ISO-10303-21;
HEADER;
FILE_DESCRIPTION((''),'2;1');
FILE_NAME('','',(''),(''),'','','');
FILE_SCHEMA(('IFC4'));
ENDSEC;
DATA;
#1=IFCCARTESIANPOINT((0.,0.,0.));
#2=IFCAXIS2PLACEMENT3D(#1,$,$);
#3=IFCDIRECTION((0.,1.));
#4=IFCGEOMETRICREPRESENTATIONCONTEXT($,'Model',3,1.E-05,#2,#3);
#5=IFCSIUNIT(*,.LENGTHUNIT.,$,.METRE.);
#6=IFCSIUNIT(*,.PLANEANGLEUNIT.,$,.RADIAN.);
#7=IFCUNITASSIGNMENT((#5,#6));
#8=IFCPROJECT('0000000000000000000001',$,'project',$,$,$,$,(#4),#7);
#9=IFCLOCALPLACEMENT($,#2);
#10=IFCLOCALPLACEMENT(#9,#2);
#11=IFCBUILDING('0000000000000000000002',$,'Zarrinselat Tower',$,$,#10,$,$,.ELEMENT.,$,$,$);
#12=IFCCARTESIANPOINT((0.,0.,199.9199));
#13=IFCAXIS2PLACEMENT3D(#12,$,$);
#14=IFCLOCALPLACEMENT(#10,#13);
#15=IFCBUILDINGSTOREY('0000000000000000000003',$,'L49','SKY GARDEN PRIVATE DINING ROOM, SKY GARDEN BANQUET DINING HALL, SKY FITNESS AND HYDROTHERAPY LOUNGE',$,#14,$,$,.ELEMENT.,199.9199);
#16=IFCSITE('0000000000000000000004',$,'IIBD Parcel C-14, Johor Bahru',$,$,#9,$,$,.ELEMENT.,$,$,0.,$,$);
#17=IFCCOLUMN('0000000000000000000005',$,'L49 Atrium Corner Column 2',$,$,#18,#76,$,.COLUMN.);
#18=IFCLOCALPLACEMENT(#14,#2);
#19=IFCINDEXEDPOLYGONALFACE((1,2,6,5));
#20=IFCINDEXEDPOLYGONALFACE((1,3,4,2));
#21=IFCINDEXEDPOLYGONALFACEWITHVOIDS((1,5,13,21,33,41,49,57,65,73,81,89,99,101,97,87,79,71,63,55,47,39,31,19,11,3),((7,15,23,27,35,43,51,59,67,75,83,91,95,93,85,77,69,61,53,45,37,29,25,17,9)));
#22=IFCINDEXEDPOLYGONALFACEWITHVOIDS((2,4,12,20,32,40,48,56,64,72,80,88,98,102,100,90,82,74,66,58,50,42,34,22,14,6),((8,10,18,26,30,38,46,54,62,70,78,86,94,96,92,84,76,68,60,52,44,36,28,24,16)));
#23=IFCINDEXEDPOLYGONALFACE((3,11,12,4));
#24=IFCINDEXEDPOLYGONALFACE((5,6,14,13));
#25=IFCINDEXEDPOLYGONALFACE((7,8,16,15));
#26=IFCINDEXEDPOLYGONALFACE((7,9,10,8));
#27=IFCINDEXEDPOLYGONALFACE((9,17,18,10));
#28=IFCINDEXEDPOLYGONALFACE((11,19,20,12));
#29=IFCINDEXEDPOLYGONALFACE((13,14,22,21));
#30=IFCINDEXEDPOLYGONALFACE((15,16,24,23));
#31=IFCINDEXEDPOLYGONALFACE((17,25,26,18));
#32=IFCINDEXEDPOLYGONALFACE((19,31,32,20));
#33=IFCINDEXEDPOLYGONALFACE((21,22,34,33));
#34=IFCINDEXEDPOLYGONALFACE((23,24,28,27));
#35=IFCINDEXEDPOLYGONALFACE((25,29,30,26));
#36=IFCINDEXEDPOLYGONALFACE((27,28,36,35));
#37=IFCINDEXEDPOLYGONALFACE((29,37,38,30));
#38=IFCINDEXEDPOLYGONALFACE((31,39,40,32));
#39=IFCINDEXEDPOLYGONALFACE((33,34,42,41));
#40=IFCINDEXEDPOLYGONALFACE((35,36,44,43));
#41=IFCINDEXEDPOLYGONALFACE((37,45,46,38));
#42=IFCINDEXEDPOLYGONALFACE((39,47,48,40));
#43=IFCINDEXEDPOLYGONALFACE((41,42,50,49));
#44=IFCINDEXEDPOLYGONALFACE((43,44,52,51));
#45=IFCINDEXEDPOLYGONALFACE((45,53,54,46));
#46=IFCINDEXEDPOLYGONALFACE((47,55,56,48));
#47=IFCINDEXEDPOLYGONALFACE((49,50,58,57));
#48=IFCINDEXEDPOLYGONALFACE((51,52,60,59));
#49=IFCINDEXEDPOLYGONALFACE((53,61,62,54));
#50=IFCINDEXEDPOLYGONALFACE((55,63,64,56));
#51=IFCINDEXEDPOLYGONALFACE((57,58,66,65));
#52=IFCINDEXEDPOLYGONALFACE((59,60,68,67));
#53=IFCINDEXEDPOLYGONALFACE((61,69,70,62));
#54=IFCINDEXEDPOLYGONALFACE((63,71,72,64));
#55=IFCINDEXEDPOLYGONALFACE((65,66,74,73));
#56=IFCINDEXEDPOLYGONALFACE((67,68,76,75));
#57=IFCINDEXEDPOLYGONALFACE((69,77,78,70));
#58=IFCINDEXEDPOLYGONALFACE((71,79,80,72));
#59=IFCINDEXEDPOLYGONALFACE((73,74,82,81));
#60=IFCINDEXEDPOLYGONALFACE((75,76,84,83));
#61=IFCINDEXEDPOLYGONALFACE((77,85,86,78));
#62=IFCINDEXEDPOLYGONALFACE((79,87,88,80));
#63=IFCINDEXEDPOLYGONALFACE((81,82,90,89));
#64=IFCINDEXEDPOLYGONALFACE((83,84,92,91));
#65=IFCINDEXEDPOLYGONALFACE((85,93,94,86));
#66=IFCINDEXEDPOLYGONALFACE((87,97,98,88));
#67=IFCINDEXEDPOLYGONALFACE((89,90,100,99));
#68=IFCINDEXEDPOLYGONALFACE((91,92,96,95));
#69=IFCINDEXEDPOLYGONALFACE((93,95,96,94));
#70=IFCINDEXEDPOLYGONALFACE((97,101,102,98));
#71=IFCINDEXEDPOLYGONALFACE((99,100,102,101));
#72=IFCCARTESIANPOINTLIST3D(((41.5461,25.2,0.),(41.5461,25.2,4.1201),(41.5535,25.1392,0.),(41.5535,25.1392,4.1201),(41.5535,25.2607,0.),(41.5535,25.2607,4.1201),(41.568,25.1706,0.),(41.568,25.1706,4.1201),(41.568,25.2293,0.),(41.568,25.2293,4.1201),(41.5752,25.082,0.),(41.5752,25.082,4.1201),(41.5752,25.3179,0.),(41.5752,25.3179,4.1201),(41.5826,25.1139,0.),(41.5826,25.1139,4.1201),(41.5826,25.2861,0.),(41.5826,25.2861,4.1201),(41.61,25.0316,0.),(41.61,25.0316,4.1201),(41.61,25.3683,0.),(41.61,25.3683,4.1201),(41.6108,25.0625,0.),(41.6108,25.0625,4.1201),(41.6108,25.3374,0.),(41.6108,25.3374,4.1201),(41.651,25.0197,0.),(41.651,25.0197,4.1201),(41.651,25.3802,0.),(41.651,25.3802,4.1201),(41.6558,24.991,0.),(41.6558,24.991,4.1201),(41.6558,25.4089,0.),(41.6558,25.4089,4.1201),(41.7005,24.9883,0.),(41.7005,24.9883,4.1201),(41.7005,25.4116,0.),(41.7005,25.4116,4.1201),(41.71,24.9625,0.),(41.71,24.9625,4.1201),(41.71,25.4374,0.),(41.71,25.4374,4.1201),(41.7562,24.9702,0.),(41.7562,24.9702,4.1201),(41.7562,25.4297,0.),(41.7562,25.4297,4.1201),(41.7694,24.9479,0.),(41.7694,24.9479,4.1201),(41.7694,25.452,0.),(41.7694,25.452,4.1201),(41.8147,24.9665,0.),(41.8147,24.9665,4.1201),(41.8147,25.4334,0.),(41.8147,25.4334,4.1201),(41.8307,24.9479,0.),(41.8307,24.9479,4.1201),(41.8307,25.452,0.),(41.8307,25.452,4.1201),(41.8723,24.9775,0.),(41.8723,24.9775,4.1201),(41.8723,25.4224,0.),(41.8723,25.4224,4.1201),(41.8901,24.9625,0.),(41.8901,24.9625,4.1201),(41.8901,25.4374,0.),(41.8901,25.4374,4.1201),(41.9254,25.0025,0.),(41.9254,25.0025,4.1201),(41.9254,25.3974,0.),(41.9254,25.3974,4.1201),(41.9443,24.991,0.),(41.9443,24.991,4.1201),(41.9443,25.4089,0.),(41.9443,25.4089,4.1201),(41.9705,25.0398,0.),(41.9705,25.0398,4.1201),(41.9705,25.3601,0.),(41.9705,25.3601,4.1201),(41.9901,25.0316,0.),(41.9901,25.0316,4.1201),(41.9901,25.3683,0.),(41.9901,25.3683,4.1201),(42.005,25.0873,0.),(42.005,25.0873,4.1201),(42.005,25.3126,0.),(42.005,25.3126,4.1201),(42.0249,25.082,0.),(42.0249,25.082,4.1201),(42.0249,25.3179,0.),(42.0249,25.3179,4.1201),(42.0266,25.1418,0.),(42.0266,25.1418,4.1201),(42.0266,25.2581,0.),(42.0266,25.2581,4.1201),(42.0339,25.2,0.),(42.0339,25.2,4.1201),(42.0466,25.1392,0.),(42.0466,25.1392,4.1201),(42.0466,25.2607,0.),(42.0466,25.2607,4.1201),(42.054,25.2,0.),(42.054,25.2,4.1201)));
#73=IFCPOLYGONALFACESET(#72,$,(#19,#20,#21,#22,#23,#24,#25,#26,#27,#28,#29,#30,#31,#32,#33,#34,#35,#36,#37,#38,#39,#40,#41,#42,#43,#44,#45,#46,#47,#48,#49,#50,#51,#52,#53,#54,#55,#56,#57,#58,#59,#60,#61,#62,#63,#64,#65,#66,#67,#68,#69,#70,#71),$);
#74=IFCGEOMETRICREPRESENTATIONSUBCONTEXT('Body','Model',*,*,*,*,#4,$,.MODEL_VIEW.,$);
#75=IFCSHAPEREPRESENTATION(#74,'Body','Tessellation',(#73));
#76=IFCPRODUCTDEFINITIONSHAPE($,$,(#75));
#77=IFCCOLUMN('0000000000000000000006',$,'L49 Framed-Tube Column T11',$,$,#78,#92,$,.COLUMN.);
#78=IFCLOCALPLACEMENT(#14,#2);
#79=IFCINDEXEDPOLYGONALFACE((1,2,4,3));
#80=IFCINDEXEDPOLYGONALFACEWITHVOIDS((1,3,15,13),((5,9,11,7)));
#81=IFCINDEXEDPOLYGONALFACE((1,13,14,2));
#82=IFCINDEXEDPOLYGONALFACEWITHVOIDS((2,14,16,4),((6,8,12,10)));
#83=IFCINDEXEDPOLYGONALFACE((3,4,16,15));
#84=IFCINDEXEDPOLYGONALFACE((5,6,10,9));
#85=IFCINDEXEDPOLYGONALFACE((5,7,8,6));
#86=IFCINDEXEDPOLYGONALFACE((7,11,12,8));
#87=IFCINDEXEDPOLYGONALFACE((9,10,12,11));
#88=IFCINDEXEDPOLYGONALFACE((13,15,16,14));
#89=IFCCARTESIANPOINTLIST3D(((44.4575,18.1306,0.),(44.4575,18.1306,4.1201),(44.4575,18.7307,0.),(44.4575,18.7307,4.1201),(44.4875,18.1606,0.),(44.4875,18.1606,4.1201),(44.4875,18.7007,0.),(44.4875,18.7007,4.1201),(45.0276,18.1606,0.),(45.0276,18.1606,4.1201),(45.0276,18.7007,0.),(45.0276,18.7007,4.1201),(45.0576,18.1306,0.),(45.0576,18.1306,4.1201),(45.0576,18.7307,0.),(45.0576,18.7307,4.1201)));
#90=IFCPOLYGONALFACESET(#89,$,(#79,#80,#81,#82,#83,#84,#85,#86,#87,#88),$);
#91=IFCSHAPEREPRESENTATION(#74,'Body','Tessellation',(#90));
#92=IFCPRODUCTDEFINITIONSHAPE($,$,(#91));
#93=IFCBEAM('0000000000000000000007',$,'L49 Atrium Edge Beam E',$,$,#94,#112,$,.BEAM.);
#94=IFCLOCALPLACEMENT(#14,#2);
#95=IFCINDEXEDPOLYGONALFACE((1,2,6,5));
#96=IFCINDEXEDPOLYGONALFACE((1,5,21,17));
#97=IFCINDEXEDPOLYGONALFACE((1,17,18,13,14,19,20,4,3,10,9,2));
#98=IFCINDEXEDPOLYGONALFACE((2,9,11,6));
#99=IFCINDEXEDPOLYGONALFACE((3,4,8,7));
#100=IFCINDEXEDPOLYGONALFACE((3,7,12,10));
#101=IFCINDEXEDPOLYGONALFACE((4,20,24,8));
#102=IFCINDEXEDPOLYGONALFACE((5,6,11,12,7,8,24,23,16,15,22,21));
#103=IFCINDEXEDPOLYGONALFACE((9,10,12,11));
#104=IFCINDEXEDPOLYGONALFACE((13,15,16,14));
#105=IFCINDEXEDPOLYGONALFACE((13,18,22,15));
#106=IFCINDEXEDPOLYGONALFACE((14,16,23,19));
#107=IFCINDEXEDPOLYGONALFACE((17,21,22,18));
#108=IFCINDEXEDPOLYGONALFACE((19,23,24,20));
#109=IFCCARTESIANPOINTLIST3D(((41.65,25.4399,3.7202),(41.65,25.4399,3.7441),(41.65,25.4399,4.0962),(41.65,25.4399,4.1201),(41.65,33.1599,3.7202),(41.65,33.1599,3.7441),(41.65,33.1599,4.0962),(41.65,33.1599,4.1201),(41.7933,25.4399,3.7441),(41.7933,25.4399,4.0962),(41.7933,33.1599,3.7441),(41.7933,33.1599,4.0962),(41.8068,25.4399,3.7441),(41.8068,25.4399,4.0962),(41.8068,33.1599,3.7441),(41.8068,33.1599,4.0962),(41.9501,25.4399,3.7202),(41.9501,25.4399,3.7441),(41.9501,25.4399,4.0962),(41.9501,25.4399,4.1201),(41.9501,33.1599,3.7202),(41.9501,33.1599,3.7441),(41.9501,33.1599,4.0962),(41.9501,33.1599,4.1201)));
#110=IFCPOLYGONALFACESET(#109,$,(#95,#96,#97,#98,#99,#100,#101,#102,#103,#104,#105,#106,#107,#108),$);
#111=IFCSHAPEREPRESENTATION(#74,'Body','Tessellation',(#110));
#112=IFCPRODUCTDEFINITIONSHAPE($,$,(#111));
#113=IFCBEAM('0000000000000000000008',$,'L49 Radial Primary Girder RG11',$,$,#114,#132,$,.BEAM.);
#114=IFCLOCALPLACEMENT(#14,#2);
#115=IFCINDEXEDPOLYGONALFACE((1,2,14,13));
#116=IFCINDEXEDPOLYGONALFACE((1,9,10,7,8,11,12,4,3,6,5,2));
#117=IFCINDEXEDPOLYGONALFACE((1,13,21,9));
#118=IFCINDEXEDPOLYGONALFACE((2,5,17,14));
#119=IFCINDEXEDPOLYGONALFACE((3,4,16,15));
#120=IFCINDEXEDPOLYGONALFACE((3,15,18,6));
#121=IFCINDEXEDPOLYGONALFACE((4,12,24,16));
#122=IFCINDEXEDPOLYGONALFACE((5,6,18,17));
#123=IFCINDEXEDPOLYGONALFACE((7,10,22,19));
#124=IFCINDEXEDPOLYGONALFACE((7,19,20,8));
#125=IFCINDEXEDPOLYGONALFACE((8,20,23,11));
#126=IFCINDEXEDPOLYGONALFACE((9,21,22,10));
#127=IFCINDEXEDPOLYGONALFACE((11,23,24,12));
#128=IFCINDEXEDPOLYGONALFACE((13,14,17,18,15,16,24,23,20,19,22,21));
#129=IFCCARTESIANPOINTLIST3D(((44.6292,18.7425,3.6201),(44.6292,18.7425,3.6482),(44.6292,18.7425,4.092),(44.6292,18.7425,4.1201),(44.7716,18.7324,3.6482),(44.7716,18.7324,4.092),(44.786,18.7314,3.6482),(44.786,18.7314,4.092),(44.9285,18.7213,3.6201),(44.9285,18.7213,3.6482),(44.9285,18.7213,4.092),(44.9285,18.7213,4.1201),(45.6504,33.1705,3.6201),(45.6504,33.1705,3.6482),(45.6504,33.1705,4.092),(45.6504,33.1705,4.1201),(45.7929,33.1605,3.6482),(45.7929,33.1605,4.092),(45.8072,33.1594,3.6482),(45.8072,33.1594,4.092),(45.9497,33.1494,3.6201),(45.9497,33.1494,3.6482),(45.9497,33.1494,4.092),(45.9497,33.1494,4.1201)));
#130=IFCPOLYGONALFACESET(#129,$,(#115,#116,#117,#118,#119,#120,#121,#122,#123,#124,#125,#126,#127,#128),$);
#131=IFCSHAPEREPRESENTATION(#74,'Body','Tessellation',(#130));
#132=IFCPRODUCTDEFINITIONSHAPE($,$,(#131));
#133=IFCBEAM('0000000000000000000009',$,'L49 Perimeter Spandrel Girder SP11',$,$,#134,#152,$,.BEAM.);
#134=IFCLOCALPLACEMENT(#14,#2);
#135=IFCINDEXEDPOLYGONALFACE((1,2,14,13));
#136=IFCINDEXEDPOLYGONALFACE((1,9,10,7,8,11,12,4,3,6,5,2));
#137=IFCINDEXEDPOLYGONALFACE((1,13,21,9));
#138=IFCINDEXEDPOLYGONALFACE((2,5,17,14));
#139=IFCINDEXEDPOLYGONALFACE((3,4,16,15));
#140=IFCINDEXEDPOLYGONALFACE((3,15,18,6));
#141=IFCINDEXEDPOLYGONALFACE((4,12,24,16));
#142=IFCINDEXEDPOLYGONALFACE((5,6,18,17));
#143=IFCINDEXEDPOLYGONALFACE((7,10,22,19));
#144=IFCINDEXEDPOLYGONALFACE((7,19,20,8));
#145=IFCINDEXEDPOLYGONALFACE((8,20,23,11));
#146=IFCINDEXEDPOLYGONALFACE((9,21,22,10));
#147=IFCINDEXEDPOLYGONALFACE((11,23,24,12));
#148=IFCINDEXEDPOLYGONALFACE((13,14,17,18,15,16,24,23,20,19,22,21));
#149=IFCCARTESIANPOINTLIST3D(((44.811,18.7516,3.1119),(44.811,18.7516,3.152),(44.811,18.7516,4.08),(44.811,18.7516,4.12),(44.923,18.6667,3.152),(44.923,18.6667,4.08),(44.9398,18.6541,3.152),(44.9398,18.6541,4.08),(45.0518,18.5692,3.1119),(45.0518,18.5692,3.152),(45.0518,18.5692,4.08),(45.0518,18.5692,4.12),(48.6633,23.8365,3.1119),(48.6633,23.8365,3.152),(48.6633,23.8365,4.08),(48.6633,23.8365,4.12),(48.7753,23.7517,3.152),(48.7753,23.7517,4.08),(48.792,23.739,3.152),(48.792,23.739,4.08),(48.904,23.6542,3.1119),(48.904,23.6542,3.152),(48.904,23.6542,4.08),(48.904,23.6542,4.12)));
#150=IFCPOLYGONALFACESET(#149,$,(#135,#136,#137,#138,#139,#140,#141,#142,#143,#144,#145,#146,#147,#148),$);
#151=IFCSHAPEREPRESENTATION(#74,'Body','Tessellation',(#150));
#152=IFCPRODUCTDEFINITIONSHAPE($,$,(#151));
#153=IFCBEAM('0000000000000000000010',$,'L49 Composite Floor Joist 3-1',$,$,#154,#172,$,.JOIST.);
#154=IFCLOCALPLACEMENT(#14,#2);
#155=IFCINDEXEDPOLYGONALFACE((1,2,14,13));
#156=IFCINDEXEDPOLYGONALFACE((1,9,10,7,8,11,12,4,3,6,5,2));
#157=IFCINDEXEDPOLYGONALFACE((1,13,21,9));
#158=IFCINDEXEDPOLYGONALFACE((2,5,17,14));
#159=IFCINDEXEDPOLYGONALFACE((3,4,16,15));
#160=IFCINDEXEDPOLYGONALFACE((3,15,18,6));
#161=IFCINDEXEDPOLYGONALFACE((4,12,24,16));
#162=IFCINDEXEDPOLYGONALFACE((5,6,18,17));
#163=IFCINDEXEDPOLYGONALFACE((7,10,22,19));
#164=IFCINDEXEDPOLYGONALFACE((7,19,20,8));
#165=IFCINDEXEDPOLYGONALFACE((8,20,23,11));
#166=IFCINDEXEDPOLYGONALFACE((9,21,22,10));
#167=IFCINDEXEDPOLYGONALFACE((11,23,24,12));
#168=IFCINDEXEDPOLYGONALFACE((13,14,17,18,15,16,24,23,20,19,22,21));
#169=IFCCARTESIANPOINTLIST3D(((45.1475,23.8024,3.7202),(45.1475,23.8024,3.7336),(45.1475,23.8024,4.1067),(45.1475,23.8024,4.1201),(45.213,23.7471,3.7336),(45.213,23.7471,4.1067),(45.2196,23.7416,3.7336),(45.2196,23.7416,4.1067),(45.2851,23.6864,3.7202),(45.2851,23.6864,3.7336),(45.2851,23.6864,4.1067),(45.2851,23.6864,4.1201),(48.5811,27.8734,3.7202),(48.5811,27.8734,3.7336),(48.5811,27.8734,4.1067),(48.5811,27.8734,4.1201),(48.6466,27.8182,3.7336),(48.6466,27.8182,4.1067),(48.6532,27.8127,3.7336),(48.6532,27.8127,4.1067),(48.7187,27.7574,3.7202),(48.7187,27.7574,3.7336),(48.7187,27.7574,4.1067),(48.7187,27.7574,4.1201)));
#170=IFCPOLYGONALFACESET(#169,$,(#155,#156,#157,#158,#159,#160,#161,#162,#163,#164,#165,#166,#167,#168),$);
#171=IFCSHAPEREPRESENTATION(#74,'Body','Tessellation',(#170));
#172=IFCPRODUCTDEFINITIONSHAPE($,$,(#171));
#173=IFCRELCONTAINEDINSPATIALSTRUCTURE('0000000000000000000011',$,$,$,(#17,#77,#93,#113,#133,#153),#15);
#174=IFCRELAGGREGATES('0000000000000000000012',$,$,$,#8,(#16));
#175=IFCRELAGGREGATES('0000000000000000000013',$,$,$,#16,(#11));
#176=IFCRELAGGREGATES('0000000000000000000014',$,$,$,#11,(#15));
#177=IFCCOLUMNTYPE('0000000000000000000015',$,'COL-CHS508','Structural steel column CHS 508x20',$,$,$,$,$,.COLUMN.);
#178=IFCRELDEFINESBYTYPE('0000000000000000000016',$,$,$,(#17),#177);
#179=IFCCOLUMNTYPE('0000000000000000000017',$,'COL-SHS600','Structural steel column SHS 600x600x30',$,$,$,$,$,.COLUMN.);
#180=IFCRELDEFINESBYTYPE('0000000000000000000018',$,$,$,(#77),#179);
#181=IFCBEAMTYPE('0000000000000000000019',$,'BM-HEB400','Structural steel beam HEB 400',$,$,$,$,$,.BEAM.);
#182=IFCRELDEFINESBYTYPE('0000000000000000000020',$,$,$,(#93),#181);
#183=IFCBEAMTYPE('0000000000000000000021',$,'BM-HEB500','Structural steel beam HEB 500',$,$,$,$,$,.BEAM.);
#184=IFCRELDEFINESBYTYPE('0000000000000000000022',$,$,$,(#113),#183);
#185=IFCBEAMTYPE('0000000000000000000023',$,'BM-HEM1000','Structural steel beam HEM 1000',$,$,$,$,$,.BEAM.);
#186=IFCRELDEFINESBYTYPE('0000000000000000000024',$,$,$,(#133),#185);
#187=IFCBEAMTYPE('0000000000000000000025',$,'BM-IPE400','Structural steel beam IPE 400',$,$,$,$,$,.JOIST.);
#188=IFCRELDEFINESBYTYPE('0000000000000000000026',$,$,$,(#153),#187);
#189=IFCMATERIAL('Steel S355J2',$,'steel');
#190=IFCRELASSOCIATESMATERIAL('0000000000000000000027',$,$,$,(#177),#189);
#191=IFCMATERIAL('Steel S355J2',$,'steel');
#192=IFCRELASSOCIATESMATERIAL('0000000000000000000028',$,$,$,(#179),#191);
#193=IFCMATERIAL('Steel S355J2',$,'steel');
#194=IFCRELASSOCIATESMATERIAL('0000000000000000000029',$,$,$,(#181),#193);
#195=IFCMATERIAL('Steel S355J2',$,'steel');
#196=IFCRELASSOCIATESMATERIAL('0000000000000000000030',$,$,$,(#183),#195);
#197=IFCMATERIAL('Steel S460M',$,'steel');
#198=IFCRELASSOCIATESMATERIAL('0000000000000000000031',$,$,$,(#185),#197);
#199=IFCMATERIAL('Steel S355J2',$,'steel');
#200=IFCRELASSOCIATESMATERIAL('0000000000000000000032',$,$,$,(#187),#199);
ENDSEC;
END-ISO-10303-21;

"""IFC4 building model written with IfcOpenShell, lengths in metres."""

from ifc_helpers import new_model, si_unit, direction, frame, origin, origin_2d, place, context, subcontext, project, spatial, hollow_rectangle, hollow_circle, i_section, extrude, material, material_profile, profile_set, type_object, element, save


model = new_model("IFC4")

# Units and contexts
model_context = context("Model", 3, precision=1e-05, world=origin(), true_north=direction((0.0, 1.0)))
body_context = subcontext(model_context, "Body", "Model", "MODEL_VIEW")
ifc_project = project(units=[si_unit("LENGTHUNIT", "METRE"), si_unit("PLANEANGLEUNIT", "RADIAN")], contexts=[model_context])

# Site, building, storey
site_placement = place(None, origin())
site = spatial("IfcSite", under=ifc_project, at=site_placement, Name="IIBD Parcel C-14, Johor Bahru", CompositionType="ELEMENT", RefElevation=0.0)
building_placement = place(site_placement, origin())
building = spatial("IfcBuilding", under=site, at=building_placement, Name="Zarrinselat Tower", CompositionType="ELEMENT")
storey_placement = place(building_placement, frame((0.0, 0.0, 199.9199)))
storey = spatial("IfcBuildingStorey", under=building, at=storey_placement, Name="L49", Description="SKY GARDEN PRIVATE DINING ROOM, SKY GARDEN BANQUET DINING HALL, SKY FITNESS AND HYDROTHERAPY LOUNGE", CompositionType="ELEMENT", Elevation=199.9199)

# Columns
ifc_material_1 = material(Name="Steel S355J2", Category="steel")
ifc_material_profile_1 = material_profile(ifc_material_1, hollow_circle(Radius=0.2539, WallThickness=0.02, at=origin_2d()), Name="CHS 508x20")
ifc_profile_set_1 = profile_set([ifc_material_profile_1], Name="Steel S355J2")
column_type_1 = type_object("IfcColumnType", Name="COL-CHS508", Description="Structural steel column CHS 508x20", PredefinedType="COLUMN", material=ifc_profile_set_1)
column_1_placement = place(storey_placement, frame((41.8, 25.2, 0.0), z_axis=(0.0, 0.0, 1.0), x_axis=(1.0, 0.0, 0.0)))
element("IfcColumn", 1, at=column_1_placement, inside=storey, type_object=column_type_1, Name="L49 Atrium Corner Column 2", PredefinedType="COLUMN", context=body_context, shape_type="SweptSolid", body=[
    extrude(hollow_circle(Radius=0.2539, WallThickness=0.02, at=origin_2d()), origin(), (0.0, 0.0, 1.0), 4.1201),
])
ifc_material_2 = material(Name="Steel S355J2", Category="steel")
ifc_material_profile_2 = material_profile(ifc_material_2, hollow_rectangle(XDim=0.6001, YDim=0.6001, WallThickness=0.03, at=origin_2d()), Name="SHS 600x600x30")
ifc_profile_set_2 = profile_set([ifc_material_profile_2], Name="Steel S355J2")
column_type_2 = type_object("IfcColumnType", Name="COL-SHS600", Description="Structural steel column SHS 600x600x30", PredefinedType="COLUMN", material=ifc_profile_set_2)
column_2_placement = place(storey_placement, frame((44.7576, 18.4307, 0.0), z_axis=(0.0, 0.0, 1.0), x_axis=(1.0, 0.0, 0.0)))
element("IfcColumn", 2, at=column_2_placement, inside=storey, type_object=column_type_2, Name="L49 Framed-Tube Column T11", PredefinedType="COLUMN", context=body_context, shape_type="SweptSolid", body=[
    extrude(hollow_rectangle(XDim=0.6001, YDim=0.6001, WallThickness=0.03, at=origin_2d()), origin(), (0.0, 0.0, 1.0), 4.1201),
])

# Beams
ifc_material_3 = material(Name="Steel S355J2", Category="steel")
ifc_material_profile_3 = material_profile(ifc_material_3, i_section(OverallWidth=0.3, OverallDepth=0.3999, WebThickness=0.0134, FlangeThickness=0.0239, at=origin_2d()), Name="HEB 400")
ifc_profile_set_3 = profile_set([ifc_material_profile_3], Name="Steel S355J2")
beam_type_1 = type_object("IfcBeamType", Name="BM-HEB400", Description="Structural steel beam HEB 400", PredefinedType="BEAM", material=ifc_profile_set_3)
beam_1_placement = place(storey_placement, frame((41.8, 25.4399, 3.9202), z_axis=(0.0, 1.0, 0.0), x_axis=(-1.0, 0.0, 0.0)))
element("IfcBeam", 3, at=beam_1_placement, inside=storey, type_object=beam_type_1, Name="L49 Atrium Edge Beam E", PredefinedType="BEAM", context=body_context, shape_type="SweptSolid", body=[
    extrude(i_section(OverallWidth=0.3, OverallDepth=0.3999, WebThickness=0.0134, FlangeThickness=0.0239, at=origin_2d()), origin(), (0.0, 0.0, 1.0), 7.72),
])
ifc_material_4 = material(Name="Steel S355J2", Category="steel")
ifc_material_profile_4 = material_profile(ifc_material_4, i_section(OverallWidth=0.3, OverallDepth=0.5, WebThickness=0.0144, FlangeThickness=0.0281, at=origin_2d()), Name="HEB 500")
ifc_profile_set_4 = profile_set([ifc_material_profile_4], Name="Steel S355J2")
beam_type_2 = type_object("IfcBeamType", Name="BM-HEB500", Description="Structural steel beam HEB 500", PredefinedType="BEAM", material=ifc_profile_set_4)
beam_2_placement = place(storey_placement, frame((44.7788, 18.7319, 3.8701), z_axis=(0.070605, 0.997504, 0.0), x_axis=(-0.997504, 0.070605, 0.0)))
element("IfcBeam", 4, at=beam_2_placement, inside=storey, type_object=beam_type_2, Name="L49 Radial Primary Girder RG11", PredefinedType="BEAM", context=body_context, shape_type="SweptSolid", body=[
    extrude(i_section(OverallWidth=0.3, OverallDepth=0.5, WebThickness=0.0144, FlangeThickness=0.0281, at=origin_2d()), origin(), (0.0, 0.0, 1.0), 14.4641),
])
ifc_material_5 = material(Name="Steel S460M", Category="steel")
ifc_material_profile_5 = material_profile(ifc_material_5, i_section(OverallWidth=0.302, OverallDepth=1.0081, WebThickness=0.021, FlangeThickness=0.04, at=origin_2d()), Name="HEM 1000")
ifc_profile_set_5 = profile_set([ifc_material_profile_5], Name="Steel S460M")
beam_type_3 = type_object("IfcBeamType", Name="BM-HEM1000", Description="Structural steel beam HEM 1000", PredefinedType="BEAM", material=ifc_profile_set_5)
beam_3_placement = place(storey_placement, frame((44.9314, 18.6604, 3.616), z_axis=(0.603863, 0.797088, 0.0), x_axis=(-0.797088, 0.603863, 0.0)))
element("IfcBeam", 5, at=beam_3_placement, inside=storey, type_object=beam_type_3, Name="L49 Perimeter Spandrel Girder SP11", PredefinedType="BEAM", context=body_context, shape_type="SweptSolid", body=[
    extrude(i_section(OverallWidth=0.302, OverallDepth=1.0081, WebThickness=0.021, FlangeThickness=0.04, at=origin_2d()), origin(), (0.0, 0.0, 1.0), 6.3794),
])
ifc_material_6 = material(Name="Steel S355J2", Category="steel")
ifc_material_profile_6 = material_profile(ifc_material_6, i_section(OverallWidth=0.1799, OverallDepth=0.3999, WebThickness=0.0085, FlangeThickness=0.0134, at=origin_2d()), Name="IPE 400")
ifc_profile_set_6 = profile_set([ifc_material_profile_6], Name="Steel S355J2")
beam_type_4 = type_object("IfcBeamType", Name="BM-IPE400", Description="Structural steel beam IPE 400", PredefinedType="JOIST", material=ifc_profile_set_6)
beam_4_placement = place(storey_placement, frame((45.2163, 23.7444, 3.9202), z_axis=(0.644723, 0.764416, 0.0), x_axis=(-0.764416, 0.644723, 0.0)))
element("IfcBeam", 6, at=beam_4_placement, inside=storey, type_object=beam_type_4, Name="L49 Composite Floor Joist 3-1", PredefinedType="JOIST", context=body_context, shape_type="SweptSolid", body=[
    extrude(i_section(OverallWidth=0.1799, OverallDepth=0.3999, WebThickness=0.0085, FlangeThickness=0.0134, at=origin_2d()), origin(), (0.0, 0.0, 1.0), 5.3257),
])

save(model, "model.ifc")
